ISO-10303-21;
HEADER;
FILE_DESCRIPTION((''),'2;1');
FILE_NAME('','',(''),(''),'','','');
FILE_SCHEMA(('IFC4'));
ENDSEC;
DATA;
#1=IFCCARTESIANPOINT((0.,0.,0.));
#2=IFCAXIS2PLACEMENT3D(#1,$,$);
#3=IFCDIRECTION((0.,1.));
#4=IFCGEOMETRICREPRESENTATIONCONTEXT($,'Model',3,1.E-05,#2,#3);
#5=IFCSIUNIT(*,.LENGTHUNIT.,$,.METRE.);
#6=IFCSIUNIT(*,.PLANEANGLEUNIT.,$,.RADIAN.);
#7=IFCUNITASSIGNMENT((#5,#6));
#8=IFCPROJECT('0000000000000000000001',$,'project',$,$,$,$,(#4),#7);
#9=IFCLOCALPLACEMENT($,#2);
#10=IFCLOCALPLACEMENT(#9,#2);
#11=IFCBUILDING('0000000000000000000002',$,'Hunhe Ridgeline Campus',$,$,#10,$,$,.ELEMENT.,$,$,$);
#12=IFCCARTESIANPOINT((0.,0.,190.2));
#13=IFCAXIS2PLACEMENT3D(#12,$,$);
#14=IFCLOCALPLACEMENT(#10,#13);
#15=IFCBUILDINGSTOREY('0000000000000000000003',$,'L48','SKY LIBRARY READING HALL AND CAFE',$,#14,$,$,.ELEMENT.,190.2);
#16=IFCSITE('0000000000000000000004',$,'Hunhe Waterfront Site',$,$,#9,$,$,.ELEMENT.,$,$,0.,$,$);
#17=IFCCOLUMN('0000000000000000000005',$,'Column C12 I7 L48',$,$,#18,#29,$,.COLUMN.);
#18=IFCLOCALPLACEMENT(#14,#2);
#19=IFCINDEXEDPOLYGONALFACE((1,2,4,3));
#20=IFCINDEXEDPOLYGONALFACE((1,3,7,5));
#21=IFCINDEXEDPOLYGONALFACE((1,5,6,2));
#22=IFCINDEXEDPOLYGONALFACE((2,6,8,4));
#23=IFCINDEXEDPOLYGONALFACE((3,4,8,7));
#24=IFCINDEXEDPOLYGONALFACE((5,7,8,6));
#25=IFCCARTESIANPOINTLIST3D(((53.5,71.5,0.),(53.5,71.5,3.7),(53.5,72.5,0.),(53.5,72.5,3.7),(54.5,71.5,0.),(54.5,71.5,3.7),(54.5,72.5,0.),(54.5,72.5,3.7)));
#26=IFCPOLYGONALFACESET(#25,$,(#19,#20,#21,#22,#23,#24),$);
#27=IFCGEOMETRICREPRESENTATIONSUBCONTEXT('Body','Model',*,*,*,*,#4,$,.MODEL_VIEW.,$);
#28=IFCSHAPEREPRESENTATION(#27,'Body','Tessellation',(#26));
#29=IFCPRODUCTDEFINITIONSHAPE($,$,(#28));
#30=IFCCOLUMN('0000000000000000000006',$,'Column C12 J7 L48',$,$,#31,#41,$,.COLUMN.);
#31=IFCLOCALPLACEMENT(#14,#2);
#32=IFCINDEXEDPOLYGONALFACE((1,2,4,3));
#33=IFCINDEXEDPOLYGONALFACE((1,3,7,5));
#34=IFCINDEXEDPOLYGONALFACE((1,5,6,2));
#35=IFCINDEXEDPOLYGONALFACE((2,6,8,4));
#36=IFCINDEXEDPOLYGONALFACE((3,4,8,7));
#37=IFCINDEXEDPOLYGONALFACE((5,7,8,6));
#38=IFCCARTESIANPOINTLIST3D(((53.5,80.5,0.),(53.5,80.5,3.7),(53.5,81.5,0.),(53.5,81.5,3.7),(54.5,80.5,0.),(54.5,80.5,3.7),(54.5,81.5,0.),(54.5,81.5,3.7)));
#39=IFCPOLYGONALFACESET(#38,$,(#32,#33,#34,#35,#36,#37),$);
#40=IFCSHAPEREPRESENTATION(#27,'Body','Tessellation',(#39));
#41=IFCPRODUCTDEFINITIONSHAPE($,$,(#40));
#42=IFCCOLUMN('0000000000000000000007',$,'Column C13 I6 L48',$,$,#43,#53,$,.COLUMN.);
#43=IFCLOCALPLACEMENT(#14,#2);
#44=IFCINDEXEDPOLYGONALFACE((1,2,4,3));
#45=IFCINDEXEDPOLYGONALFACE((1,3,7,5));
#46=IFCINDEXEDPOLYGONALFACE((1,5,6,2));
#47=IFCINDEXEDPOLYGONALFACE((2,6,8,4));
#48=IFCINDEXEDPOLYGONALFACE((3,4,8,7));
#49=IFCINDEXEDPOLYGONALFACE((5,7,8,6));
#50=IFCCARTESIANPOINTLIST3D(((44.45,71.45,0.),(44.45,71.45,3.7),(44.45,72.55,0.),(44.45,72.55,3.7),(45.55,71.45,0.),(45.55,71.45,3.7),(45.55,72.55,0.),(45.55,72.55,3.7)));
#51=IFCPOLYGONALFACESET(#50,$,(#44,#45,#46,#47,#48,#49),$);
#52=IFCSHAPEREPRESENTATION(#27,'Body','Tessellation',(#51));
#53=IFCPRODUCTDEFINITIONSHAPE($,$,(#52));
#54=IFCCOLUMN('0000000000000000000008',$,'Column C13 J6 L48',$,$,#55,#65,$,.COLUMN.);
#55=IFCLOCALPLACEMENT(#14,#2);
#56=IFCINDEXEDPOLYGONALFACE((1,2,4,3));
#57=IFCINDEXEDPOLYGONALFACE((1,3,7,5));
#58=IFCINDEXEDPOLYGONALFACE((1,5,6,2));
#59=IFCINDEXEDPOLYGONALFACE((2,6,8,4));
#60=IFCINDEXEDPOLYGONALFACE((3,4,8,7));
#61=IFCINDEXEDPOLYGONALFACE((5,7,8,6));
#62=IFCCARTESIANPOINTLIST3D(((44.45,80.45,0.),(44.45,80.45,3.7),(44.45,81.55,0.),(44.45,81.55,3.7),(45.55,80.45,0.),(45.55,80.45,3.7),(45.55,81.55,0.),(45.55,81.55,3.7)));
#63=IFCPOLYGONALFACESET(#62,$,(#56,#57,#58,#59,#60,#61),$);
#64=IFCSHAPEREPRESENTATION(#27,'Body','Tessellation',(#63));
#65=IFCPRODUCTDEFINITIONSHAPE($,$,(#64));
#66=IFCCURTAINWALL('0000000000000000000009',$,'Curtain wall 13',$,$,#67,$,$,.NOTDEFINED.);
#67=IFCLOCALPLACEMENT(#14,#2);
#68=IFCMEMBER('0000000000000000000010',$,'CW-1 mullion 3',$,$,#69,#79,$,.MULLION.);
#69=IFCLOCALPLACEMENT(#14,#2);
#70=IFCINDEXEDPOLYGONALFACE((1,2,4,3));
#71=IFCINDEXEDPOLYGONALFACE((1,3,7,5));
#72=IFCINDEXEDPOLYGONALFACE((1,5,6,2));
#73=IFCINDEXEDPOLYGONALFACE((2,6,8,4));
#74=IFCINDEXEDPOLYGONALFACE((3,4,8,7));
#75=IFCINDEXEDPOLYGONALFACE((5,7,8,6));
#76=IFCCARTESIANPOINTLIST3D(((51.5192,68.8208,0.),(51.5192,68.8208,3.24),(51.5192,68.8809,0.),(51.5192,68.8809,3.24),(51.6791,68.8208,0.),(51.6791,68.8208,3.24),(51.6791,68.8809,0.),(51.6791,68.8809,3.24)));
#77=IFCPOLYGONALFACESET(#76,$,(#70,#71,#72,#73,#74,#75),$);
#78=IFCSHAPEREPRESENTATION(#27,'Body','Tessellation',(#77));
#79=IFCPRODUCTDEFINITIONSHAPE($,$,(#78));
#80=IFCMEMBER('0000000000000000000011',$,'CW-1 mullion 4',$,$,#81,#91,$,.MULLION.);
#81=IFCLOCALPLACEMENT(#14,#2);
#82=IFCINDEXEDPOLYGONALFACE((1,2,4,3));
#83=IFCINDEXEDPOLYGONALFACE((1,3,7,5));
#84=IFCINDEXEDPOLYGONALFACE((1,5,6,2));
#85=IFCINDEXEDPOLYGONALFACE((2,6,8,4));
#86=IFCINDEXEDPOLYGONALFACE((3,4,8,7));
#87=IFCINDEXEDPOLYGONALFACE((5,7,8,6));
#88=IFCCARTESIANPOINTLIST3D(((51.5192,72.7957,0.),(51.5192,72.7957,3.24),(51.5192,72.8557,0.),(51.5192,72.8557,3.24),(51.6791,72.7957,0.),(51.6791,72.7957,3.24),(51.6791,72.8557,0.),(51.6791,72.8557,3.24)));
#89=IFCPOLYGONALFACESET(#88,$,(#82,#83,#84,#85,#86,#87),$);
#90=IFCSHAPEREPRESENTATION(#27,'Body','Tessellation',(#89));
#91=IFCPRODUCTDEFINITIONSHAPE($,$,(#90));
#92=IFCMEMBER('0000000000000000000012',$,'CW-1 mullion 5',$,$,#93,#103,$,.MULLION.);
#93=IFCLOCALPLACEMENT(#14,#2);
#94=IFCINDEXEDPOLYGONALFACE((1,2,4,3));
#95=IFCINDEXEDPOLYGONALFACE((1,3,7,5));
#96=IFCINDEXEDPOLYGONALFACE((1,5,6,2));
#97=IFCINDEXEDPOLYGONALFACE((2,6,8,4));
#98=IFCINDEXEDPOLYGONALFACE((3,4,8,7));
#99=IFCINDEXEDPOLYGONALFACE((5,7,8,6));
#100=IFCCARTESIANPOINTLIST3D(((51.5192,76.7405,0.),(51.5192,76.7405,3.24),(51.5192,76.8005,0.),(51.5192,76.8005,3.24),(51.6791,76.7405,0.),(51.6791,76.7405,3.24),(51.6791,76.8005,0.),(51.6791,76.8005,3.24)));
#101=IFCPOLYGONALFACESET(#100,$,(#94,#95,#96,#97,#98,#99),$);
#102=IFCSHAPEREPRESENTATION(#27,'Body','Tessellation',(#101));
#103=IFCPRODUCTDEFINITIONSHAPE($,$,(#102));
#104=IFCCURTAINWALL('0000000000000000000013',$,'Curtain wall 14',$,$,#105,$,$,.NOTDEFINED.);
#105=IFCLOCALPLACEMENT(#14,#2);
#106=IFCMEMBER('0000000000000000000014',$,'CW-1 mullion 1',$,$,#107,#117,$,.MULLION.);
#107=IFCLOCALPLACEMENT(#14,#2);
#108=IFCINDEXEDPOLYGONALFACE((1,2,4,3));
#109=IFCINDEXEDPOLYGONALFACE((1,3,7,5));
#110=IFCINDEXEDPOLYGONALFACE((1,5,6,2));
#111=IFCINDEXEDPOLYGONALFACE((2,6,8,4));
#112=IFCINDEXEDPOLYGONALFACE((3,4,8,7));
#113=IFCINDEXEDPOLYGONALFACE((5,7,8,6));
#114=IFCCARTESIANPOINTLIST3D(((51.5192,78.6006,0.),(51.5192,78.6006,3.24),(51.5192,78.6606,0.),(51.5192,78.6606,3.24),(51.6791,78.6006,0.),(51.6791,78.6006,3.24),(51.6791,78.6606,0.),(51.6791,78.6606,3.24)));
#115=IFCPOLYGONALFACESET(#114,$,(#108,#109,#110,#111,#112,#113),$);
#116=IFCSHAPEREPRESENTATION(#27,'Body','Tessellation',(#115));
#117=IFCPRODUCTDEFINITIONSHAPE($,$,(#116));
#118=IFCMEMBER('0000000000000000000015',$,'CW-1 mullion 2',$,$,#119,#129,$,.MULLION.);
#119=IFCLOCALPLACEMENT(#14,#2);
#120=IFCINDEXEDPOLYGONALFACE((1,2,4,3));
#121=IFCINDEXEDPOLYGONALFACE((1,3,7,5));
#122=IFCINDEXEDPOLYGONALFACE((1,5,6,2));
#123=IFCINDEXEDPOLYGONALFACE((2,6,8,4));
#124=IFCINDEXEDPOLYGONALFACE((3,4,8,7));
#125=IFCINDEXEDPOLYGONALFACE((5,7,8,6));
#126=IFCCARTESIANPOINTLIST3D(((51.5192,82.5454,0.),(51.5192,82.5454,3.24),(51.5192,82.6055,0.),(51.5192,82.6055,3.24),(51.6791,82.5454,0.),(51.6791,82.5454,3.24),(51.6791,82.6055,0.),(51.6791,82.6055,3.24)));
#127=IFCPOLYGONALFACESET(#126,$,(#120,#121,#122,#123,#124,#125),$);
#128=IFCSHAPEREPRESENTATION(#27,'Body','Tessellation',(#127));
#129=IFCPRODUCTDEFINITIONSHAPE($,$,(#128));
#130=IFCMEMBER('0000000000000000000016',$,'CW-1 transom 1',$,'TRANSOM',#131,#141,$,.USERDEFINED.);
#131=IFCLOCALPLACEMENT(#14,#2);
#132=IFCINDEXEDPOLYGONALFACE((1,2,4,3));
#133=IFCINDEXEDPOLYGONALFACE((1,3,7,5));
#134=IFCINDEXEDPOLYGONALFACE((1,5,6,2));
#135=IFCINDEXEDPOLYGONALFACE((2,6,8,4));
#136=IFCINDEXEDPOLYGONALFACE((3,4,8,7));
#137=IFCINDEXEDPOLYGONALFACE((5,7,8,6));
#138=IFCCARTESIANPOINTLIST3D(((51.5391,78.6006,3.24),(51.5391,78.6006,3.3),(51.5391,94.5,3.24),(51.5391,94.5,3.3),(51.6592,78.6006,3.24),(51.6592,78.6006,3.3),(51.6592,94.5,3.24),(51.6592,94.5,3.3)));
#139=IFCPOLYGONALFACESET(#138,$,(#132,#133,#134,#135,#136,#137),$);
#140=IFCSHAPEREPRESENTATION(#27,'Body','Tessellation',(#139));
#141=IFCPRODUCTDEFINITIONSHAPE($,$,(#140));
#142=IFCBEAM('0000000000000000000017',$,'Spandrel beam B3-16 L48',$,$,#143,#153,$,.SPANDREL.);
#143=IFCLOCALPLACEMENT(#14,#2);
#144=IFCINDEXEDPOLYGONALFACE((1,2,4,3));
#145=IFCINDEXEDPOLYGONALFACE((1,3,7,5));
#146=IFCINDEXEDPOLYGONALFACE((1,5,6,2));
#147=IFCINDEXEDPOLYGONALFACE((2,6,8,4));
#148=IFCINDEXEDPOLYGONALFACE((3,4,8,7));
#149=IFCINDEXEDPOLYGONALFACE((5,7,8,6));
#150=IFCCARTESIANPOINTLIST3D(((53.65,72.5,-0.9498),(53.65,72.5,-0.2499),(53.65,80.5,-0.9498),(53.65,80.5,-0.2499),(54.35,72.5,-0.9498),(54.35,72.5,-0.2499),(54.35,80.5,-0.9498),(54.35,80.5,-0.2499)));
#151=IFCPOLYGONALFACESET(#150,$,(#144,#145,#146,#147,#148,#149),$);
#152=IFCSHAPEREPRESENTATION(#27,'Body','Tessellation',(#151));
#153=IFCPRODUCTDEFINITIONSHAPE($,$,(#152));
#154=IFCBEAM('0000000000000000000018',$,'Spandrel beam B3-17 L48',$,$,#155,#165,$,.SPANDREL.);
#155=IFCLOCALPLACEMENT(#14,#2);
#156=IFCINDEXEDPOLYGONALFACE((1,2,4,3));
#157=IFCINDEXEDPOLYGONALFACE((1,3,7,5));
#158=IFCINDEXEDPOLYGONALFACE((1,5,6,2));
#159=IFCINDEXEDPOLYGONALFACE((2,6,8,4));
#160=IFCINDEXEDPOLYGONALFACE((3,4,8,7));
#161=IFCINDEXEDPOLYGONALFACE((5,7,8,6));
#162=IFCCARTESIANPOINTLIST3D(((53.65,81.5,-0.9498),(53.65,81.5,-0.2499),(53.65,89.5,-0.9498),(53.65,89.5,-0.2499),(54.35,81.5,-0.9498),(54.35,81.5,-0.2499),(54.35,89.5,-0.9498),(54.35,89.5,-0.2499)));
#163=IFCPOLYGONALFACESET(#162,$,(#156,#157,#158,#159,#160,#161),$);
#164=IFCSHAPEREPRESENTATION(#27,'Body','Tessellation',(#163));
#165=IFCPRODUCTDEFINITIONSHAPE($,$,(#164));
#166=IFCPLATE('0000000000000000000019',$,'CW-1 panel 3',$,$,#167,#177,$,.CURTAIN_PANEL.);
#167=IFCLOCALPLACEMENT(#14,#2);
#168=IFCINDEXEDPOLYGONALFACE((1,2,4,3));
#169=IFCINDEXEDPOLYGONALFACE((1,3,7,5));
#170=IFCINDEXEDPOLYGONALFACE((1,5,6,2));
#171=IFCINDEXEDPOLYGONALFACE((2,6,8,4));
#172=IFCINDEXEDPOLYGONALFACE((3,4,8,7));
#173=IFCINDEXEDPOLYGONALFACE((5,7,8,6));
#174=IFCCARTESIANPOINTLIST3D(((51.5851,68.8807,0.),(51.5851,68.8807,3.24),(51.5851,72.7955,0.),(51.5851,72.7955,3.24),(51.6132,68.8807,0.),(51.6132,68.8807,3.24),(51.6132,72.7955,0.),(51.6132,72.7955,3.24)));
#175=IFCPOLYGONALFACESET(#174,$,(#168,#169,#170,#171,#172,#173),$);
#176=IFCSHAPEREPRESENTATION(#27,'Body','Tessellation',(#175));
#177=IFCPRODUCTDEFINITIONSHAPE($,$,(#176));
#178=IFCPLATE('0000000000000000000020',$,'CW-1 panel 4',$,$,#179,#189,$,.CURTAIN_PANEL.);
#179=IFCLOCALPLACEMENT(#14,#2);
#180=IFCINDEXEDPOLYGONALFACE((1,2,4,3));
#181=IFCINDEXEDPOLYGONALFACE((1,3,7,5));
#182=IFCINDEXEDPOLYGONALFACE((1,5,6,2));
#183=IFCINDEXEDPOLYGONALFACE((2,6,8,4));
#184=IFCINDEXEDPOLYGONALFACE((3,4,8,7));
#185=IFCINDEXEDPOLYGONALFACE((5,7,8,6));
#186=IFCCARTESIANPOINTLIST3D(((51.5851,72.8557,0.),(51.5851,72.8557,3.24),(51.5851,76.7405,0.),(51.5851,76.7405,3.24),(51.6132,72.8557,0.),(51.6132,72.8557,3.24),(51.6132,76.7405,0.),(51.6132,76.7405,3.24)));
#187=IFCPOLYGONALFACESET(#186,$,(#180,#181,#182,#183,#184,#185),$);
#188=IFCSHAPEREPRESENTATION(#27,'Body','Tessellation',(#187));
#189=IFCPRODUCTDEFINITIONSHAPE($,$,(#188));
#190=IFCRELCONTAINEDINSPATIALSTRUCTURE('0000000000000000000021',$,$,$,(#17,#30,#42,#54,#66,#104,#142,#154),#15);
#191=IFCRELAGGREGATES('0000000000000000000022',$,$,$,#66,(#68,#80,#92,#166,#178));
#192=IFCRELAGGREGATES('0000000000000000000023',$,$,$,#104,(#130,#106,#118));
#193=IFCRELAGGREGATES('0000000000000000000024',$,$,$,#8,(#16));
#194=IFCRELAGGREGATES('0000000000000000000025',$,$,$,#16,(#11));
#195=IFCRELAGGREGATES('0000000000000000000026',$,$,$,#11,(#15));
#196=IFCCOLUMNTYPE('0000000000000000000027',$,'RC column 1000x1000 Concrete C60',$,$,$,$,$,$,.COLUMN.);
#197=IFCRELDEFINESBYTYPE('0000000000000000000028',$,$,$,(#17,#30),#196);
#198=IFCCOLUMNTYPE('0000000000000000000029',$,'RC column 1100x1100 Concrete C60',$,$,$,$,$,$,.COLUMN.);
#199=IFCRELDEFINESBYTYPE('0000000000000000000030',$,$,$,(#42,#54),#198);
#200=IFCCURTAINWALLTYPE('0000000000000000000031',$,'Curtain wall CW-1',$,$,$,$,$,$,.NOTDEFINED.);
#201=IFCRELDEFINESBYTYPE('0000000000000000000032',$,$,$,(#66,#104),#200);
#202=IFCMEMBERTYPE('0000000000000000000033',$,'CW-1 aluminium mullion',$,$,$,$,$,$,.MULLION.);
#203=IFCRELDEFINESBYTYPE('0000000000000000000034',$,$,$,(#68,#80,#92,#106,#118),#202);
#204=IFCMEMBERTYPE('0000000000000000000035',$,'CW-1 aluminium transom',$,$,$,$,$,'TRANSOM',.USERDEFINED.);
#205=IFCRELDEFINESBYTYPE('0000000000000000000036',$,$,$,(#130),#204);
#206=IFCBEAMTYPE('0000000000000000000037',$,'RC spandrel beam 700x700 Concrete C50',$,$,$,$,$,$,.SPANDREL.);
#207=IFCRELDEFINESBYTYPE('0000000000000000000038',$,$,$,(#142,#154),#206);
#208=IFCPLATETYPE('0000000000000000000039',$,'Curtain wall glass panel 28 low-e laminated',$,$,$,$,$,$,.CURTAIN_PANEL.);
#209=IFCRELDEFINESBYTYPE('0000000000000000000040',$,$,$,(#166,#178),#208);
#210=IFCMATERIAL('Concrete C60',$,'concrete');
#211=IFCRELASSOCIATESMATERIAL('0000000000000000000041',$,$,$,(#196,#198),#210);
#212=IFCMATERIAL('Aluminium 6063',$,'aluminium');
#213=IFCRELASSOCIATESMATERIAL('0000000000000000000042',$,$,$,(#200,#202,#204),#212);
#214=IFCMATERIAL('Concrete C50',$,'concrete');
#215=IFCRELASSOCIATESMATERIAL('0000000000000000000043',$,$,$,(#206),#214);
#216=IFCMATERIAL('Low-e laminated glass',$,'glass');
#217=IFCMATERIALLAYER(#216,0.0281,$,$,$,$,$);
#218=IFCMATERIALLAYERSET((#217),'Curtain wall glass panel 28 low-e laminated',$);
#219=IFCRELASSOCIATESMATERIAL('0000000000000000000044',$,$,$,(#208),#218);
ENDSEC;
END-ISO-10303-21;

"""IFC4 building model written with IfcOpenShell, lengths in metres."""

from ifc_helpers import new_model, si_unit, direction, frame, origin, origin_2d, place, context, subcontext, project, spatial, rectangle, extrude, material, layer, layer_set, material_profile, profile_set, type_object, element, aggregate, save


model = new_model("IFC4")

# Units and contexts
model_context = context("Model", 3, precision=1e-05, world=origin(), true_north=direction((0.0, 1.0)))
body_context = subcontext(model_context, "Body", "Model", "MODEL_VIEW")
ifc_project = project(units=[si_unit("LENGTHUNIT", "METRE"), si_unit("PLANEANGLEUNIT", "RADIAN")], contexts=[model_context])

# Site, building, storey
site_placement = place(None, origin())
site = spatial("IfcSite", under=ifc_project, at=site_placement, Name="Hunhe Waterfront Site", CompositionType="ELEMENT", RefElevation=0.0)
building_placement = place(site_placement, origin())
building = spatial("IfcBuilding", under=site, at=building_placement, Name="Hunhe Ridgeline Campus", CompositionType="ELEMENT")
storey_placement = place(building_placement, frame((0.0, 0.0, 190.2)))
storey = spatial("IfcBuildingStorey", under=building, at=storey_placement, Name="L48", Description="SKY LIBRARY READING HALL AND CAFE", CompositionType="ELEMENT", Elevation=190.2)

# Columns
ifc_material_1 = material(Name="Concrete C60", Category="concrete")
ifc_material_profile_1 = material_profile(ifc_material_1, rectangle(XDim=1.0, YDim=1.0, at=origin_2d()))
ifc_profile_set_1 = profile_set([ifc_material_profile_1], Name="Concrete C60")
column_type_1 = type_object("IfcColumnType", Name="RC column 1000x1000 Concrete C60", PredefinedType="COLUMN", material=ifc_profile_set_1)
for number, where, z_axis, x_axis, name in (
    (1, (54.0, 72.0, 0.0), (0.0, 0.0, 1.0), (1.0, 0.0, 0.0), "Column C12 I7 L48"),
    (2, (54.0, 81.0, 0.0), (0.0, 0.0, 1.0), (1.0, 0.0, 0.0), "Column C12 J7 L48"),
):
    element("IfcColumn", number, at=place(storey_placement, frame(where, z_axis=z_axis, x_axis=x_axis)), inside=storey, type_object=column_type_1, Name=name, PredefinedType="COLUMN", context=body_context, shape_type="SweptSolid", body=[
        extrude(rectangle(XDim=1.0, YDim=1.0, at=origin_2d()), origin(), (0.0, 0.0, 1.0), 3.7),
    ])
ifc_material_profile_2 = material_profile(ifc_material_1, rectangle(XDim=1.1001, YDim=1.1001, at=origin_2d()))
ifc_profile_set_2 = profile_set([ifc_material_profile_2], Name="Concrete C60")
column_type_2 = type_object("IfcColumnType", Name="RC column 1100x1100 Concrete C60", PredefinedType="COLUMN", material=ifc_profile_set_2)
for number, where, z_axis, x_axis, name in (
    (3, (45.0, 72.0, 0.0), (0.0, 0.0, 1.0), (1.0, 0.0, 0.0), "Column C13 I6 L48"),
    (4, (45.0, 81.0, 0.0), (0.0, 0.0, 1.0), (1.0, 0.0, 0.0), "Column C13 J6 L48"),
):
    element("IfcColumn", number, at=place(storey_placement, frame(where, z_axis=z_axis, x_axis=x_axis)), inside=storey, type_object=column_type_2, Name=name, PredefinedType="COLUMN", context=body_context, shape_type="SweptSolid", body=[
        extrude(rectangle(XDim=1.1001, YDim=1.1001, at=origin_2d()), origin(), (0.0, 0.0, 1.0), 3.7),
    ])

# Curtain walls, members
ifc_material_2 = material(Name="Aluminium 6063", Category="aluminium")
curtain_wall_type = type_object("IfcCurtainWallType", Name="Curtain wall CW-1", PredefinedType="NOTDEFINED", material=ifc_material_2)
curtain_wall_1_placement = place(storey_placement, origin())
curtain_wall_1 = element("IfcCurtainWall", 5, at=curtain_wall_1_placement, inside=storey, type_object=curtain_wall_type, Name="Curtain wall 13", PredefinedType="NOTDEFINED")
ifc_material_profile_3 = material_profile(ifc_material_2, rectangle(XDim=0.1599, YDim=0.0601, at=origin_2d()))
ifc_profile_set_3 = profile_set([ifc_material_profile_3], Name="Aluminium 6063")
member_type_1 = type_object("IfcMemberType", Name="CW-1 aluminium mullion", PredefinedType="MULLION", material=ifc_profile_set_3)
member_1_placement = place(storey_placement, frame((51.5991, 68.8508, 0.0), z_axis=(0.0, 0.0, 1.0), x_axis=(-1.0, 0.0, 0.0)))
member_1 = element("IfcMember", 6, at=member_1_placement, type_object=member_type_1, Name="CW-1 mullion 3", PredefinedType="MULLION", context=body_context, shape_type="SweptSolid", body=[
    extrude(rectangle(XDim=0.1599, YDim=0.0601, at=origin_2d()), origin(), (0.0, 0.0, 1.0), 3.24),
])
member_2_placement = place(storey_placement, frame((51.5991, 72.8257, 0.0), z_axis=(0.0, 0.0, 1.0), x_axis=(-1.0, 0.0, 0.0)))
member_2 = element("IfcMember", 7, at=member_2_placement, type_object=member_type_1, Name="CW-1 mullion 4", PredefinedType="MULLION", context=body_context, shape_type="SweptSolid", body=[
    extrude(rectangle(XDim=0.1599, YDim=0.0601, at=origin_2d()), origin(), (0.0, 0.0, 1.0), 3.24),
])
member_3_placement = place(storey_placement, frame((51.5991, 76.7705, 0.0), z_axis=(0.0, 0.0, 1.0), x_axis=(-1.0, 0.0, 0.0)))
member_3 = element("IfcMember", 8, at=member_3_placement, type_object=member_type_1, Name="CW-1 mullion 5", PredefinedType="MULLION", context=body_context, shape_type="SweptSolid", body=[
    extrude(rectangle(XDim=0.1599, YDim=0.0601, at=origin_2d()), origin(), (0.0, 0.0, 1.0), 3.24),
])
curtain_wall_2_placement = place(storey_placement, origin())
curtain_wall_2 = element("IfcCurtainWall", 9, at=curtain_wall_2_placement, inside=storey, type_object=curtain_wall_type, Name="Curtain wall 14", PredefinedType="NOTDEFINED")
member_4_placement = place(storey_placement, frame((51.5991, 78.6306, 0.0), z_axis=(0.0, 0.0, 1.0), x_axis=(-1.0, 0.0, 0.0)))
member_4 = element("IfcMember", 10, at=member_4_placement, type_object=member_type_1, Name="CW-1 mullion 1", PredefinedType="MULLION", context=body_context, shape_type="SweptSolid", body=[
    extrude(rectangle(XDim=0.1599, YDim=0.0601, at=origin_2d()), origin(), (0.0, 0.0, 1.0), 3.24),
])
member_5_placement = place(storey_placement, frame((51.5991, 82.5754, 0.0), z_axis=(0.0, 0.0, 1.0), x_axis=(-1.0, 0.0, 0.0)))
member_5 = element("IfcMember", 11, at=member_5_placement, type_object=member_type_1, Name="CW-1 mullion 2", PredefinedType="MULLION", context=body_context, shape_type="SweptSolid", body=[
    extrude(rectangle(XDim=0.1599, YDim=0.0601, at=origin_2d()), origin(), (0.0, 0.0, 1.0), 3.24),
])
ifc_material_profile_4 = material_profile(ifc_material_2, rectangle(XDim=0.1201, YDim=0.0601, at=origin_2d()))
ifc_profile_set_4 = profile_set([ifc_material_profile_4], Name="Aluminium 6063")
member_type_2 = type_object("IfcMemberType", Name="CW-1 aluminium transom", ElementType="TRANSOM", PredefinedType="USERDEFINED", material=ifc_profile_set_4)
member_6_placement = place(storey_placement, frame((51.5991, 78.6006, 3.27), z_axis=(0.0, 1.0, 0.0), x_axis=(-1.0, 0.0, 0.0)))
member_6 = element("IfcMember", 12, at=member_6_placement, type_object=member_type_2, Name="CW-1 transom 1", ObjectType="TRANSOM", PredefinedType="USERDEFINED", context=body_context, shape_type="SweptSolid", body=[
    extrude(rectangle(XDim=0.1201, YDim=0.0601, at=origin_2d()), origin(), (0.0, 0.0, 1.0), 15.8994),
])

# Beams
ifc_material_3 = material(Name="Concrete C50", Category="concrete")
ifc_material_profile_5 = material_profile(ifc_material_3, rectangle(XDim=0.7, YDim=0.7, at=origin_2d()))
ifc_profile_set_5 = profile_set([ifc_material_profile_5], Name="Concrete C50")
beam_type = type_object("IfcBeamType", Name="RC spandrel beam 700x700 Concrete C50", PredefinedType="SPANDREL", material=ifc_profile_set_5)
for number, where, z_axis, x_axis, name in (
    (13, (54.0, 72.5, -0.5999), (0.0, 1.0, 0.0), (-1.0, 0.0, 0.0), "Spandrel beam B3-16 L48"),
    (14, (54.0, 81.5, -0.5999), (0.0, 1.0, 0.0), (-1.0, 0.0, 0.0), "Spandrel beam B3-17 L48"),
):
    element("IfcBeam", number, at=place(storey_placement, frame(where, z_axis=z_axis, x_axis=x_axis)), inside=storey, type_object=beam_type, Name=name, PredefinedType="SPANDREL", context=body_context, shape_type="SweptSolid", body=[
        extrude(rectangle(XDim=0.7, YDim=0.7, at=origin_2d()), origin(), (0.0, 0.0, 1.0), 8.0),
    ])

# Plates
ifc_material_4 = material(Name="Low-e laminated glass", Category="glass")
ifc_layer_1 = layer(ifc_material_4, 0.0281)
ifc_layer_set_1 = layer_set([ifc_layer_1], Name="Curtain wall glass panel 28 low-e laminated")
plate_type = type_object("IfcPlateType", Name="Curtain wall glass panel 28 low-e laminated", PredefinedType="CURTAIN_PANEL", material=ifc_layer_set_1)
plate_1_placement = place(storey_placement, frame((51.5991, 70.8381, 0.0), z_axis=(0.0, 0.0, 1.0), x_axis=(0.0, 1.0, 0.0)))
plate_1 = element("IfcPlate", 15, at=plate_1_placement, type_object=plate_type, Name="CW-1 panel 3", PredefinedType="CURTAIN_PANEL", context=body_context, shape_type="SweptSolid", body=[
    extrude(rectangle(XDim=3.9148, YDim=0.0281, at=origin_2d()), origin(), (0.0, 0.0, 1.0), 3.24),
])
plate_2_placement = place(storey_placement, frame((51.5991, 74.7981, 0.0), z_axis=(0.0, 0.0, 1.0), x_axis=(0.0, 1.0, 0.0)))
plate_2 = element("IfcPlate", 16, at=plate_2_placement, type_object=plate_type, Name="CW-1 panel 4", PredefinedType="CURTAIN_PANEL", context=body_context, shape_type="SweptSolid", body=[
    extrude(rectangle(XDim=3.8848, YDim=0.0281, at=origin_2d()), origin(), (0.0, 0.0, 1.0), 3.24),
])
aggregate(curtain_wall_1, [member_1, member_2, member_3, plate_1, plate_2])
aggregate(curtain_wall_2, [member_6, member_4, member_5])

save(model, "model.ifc")
